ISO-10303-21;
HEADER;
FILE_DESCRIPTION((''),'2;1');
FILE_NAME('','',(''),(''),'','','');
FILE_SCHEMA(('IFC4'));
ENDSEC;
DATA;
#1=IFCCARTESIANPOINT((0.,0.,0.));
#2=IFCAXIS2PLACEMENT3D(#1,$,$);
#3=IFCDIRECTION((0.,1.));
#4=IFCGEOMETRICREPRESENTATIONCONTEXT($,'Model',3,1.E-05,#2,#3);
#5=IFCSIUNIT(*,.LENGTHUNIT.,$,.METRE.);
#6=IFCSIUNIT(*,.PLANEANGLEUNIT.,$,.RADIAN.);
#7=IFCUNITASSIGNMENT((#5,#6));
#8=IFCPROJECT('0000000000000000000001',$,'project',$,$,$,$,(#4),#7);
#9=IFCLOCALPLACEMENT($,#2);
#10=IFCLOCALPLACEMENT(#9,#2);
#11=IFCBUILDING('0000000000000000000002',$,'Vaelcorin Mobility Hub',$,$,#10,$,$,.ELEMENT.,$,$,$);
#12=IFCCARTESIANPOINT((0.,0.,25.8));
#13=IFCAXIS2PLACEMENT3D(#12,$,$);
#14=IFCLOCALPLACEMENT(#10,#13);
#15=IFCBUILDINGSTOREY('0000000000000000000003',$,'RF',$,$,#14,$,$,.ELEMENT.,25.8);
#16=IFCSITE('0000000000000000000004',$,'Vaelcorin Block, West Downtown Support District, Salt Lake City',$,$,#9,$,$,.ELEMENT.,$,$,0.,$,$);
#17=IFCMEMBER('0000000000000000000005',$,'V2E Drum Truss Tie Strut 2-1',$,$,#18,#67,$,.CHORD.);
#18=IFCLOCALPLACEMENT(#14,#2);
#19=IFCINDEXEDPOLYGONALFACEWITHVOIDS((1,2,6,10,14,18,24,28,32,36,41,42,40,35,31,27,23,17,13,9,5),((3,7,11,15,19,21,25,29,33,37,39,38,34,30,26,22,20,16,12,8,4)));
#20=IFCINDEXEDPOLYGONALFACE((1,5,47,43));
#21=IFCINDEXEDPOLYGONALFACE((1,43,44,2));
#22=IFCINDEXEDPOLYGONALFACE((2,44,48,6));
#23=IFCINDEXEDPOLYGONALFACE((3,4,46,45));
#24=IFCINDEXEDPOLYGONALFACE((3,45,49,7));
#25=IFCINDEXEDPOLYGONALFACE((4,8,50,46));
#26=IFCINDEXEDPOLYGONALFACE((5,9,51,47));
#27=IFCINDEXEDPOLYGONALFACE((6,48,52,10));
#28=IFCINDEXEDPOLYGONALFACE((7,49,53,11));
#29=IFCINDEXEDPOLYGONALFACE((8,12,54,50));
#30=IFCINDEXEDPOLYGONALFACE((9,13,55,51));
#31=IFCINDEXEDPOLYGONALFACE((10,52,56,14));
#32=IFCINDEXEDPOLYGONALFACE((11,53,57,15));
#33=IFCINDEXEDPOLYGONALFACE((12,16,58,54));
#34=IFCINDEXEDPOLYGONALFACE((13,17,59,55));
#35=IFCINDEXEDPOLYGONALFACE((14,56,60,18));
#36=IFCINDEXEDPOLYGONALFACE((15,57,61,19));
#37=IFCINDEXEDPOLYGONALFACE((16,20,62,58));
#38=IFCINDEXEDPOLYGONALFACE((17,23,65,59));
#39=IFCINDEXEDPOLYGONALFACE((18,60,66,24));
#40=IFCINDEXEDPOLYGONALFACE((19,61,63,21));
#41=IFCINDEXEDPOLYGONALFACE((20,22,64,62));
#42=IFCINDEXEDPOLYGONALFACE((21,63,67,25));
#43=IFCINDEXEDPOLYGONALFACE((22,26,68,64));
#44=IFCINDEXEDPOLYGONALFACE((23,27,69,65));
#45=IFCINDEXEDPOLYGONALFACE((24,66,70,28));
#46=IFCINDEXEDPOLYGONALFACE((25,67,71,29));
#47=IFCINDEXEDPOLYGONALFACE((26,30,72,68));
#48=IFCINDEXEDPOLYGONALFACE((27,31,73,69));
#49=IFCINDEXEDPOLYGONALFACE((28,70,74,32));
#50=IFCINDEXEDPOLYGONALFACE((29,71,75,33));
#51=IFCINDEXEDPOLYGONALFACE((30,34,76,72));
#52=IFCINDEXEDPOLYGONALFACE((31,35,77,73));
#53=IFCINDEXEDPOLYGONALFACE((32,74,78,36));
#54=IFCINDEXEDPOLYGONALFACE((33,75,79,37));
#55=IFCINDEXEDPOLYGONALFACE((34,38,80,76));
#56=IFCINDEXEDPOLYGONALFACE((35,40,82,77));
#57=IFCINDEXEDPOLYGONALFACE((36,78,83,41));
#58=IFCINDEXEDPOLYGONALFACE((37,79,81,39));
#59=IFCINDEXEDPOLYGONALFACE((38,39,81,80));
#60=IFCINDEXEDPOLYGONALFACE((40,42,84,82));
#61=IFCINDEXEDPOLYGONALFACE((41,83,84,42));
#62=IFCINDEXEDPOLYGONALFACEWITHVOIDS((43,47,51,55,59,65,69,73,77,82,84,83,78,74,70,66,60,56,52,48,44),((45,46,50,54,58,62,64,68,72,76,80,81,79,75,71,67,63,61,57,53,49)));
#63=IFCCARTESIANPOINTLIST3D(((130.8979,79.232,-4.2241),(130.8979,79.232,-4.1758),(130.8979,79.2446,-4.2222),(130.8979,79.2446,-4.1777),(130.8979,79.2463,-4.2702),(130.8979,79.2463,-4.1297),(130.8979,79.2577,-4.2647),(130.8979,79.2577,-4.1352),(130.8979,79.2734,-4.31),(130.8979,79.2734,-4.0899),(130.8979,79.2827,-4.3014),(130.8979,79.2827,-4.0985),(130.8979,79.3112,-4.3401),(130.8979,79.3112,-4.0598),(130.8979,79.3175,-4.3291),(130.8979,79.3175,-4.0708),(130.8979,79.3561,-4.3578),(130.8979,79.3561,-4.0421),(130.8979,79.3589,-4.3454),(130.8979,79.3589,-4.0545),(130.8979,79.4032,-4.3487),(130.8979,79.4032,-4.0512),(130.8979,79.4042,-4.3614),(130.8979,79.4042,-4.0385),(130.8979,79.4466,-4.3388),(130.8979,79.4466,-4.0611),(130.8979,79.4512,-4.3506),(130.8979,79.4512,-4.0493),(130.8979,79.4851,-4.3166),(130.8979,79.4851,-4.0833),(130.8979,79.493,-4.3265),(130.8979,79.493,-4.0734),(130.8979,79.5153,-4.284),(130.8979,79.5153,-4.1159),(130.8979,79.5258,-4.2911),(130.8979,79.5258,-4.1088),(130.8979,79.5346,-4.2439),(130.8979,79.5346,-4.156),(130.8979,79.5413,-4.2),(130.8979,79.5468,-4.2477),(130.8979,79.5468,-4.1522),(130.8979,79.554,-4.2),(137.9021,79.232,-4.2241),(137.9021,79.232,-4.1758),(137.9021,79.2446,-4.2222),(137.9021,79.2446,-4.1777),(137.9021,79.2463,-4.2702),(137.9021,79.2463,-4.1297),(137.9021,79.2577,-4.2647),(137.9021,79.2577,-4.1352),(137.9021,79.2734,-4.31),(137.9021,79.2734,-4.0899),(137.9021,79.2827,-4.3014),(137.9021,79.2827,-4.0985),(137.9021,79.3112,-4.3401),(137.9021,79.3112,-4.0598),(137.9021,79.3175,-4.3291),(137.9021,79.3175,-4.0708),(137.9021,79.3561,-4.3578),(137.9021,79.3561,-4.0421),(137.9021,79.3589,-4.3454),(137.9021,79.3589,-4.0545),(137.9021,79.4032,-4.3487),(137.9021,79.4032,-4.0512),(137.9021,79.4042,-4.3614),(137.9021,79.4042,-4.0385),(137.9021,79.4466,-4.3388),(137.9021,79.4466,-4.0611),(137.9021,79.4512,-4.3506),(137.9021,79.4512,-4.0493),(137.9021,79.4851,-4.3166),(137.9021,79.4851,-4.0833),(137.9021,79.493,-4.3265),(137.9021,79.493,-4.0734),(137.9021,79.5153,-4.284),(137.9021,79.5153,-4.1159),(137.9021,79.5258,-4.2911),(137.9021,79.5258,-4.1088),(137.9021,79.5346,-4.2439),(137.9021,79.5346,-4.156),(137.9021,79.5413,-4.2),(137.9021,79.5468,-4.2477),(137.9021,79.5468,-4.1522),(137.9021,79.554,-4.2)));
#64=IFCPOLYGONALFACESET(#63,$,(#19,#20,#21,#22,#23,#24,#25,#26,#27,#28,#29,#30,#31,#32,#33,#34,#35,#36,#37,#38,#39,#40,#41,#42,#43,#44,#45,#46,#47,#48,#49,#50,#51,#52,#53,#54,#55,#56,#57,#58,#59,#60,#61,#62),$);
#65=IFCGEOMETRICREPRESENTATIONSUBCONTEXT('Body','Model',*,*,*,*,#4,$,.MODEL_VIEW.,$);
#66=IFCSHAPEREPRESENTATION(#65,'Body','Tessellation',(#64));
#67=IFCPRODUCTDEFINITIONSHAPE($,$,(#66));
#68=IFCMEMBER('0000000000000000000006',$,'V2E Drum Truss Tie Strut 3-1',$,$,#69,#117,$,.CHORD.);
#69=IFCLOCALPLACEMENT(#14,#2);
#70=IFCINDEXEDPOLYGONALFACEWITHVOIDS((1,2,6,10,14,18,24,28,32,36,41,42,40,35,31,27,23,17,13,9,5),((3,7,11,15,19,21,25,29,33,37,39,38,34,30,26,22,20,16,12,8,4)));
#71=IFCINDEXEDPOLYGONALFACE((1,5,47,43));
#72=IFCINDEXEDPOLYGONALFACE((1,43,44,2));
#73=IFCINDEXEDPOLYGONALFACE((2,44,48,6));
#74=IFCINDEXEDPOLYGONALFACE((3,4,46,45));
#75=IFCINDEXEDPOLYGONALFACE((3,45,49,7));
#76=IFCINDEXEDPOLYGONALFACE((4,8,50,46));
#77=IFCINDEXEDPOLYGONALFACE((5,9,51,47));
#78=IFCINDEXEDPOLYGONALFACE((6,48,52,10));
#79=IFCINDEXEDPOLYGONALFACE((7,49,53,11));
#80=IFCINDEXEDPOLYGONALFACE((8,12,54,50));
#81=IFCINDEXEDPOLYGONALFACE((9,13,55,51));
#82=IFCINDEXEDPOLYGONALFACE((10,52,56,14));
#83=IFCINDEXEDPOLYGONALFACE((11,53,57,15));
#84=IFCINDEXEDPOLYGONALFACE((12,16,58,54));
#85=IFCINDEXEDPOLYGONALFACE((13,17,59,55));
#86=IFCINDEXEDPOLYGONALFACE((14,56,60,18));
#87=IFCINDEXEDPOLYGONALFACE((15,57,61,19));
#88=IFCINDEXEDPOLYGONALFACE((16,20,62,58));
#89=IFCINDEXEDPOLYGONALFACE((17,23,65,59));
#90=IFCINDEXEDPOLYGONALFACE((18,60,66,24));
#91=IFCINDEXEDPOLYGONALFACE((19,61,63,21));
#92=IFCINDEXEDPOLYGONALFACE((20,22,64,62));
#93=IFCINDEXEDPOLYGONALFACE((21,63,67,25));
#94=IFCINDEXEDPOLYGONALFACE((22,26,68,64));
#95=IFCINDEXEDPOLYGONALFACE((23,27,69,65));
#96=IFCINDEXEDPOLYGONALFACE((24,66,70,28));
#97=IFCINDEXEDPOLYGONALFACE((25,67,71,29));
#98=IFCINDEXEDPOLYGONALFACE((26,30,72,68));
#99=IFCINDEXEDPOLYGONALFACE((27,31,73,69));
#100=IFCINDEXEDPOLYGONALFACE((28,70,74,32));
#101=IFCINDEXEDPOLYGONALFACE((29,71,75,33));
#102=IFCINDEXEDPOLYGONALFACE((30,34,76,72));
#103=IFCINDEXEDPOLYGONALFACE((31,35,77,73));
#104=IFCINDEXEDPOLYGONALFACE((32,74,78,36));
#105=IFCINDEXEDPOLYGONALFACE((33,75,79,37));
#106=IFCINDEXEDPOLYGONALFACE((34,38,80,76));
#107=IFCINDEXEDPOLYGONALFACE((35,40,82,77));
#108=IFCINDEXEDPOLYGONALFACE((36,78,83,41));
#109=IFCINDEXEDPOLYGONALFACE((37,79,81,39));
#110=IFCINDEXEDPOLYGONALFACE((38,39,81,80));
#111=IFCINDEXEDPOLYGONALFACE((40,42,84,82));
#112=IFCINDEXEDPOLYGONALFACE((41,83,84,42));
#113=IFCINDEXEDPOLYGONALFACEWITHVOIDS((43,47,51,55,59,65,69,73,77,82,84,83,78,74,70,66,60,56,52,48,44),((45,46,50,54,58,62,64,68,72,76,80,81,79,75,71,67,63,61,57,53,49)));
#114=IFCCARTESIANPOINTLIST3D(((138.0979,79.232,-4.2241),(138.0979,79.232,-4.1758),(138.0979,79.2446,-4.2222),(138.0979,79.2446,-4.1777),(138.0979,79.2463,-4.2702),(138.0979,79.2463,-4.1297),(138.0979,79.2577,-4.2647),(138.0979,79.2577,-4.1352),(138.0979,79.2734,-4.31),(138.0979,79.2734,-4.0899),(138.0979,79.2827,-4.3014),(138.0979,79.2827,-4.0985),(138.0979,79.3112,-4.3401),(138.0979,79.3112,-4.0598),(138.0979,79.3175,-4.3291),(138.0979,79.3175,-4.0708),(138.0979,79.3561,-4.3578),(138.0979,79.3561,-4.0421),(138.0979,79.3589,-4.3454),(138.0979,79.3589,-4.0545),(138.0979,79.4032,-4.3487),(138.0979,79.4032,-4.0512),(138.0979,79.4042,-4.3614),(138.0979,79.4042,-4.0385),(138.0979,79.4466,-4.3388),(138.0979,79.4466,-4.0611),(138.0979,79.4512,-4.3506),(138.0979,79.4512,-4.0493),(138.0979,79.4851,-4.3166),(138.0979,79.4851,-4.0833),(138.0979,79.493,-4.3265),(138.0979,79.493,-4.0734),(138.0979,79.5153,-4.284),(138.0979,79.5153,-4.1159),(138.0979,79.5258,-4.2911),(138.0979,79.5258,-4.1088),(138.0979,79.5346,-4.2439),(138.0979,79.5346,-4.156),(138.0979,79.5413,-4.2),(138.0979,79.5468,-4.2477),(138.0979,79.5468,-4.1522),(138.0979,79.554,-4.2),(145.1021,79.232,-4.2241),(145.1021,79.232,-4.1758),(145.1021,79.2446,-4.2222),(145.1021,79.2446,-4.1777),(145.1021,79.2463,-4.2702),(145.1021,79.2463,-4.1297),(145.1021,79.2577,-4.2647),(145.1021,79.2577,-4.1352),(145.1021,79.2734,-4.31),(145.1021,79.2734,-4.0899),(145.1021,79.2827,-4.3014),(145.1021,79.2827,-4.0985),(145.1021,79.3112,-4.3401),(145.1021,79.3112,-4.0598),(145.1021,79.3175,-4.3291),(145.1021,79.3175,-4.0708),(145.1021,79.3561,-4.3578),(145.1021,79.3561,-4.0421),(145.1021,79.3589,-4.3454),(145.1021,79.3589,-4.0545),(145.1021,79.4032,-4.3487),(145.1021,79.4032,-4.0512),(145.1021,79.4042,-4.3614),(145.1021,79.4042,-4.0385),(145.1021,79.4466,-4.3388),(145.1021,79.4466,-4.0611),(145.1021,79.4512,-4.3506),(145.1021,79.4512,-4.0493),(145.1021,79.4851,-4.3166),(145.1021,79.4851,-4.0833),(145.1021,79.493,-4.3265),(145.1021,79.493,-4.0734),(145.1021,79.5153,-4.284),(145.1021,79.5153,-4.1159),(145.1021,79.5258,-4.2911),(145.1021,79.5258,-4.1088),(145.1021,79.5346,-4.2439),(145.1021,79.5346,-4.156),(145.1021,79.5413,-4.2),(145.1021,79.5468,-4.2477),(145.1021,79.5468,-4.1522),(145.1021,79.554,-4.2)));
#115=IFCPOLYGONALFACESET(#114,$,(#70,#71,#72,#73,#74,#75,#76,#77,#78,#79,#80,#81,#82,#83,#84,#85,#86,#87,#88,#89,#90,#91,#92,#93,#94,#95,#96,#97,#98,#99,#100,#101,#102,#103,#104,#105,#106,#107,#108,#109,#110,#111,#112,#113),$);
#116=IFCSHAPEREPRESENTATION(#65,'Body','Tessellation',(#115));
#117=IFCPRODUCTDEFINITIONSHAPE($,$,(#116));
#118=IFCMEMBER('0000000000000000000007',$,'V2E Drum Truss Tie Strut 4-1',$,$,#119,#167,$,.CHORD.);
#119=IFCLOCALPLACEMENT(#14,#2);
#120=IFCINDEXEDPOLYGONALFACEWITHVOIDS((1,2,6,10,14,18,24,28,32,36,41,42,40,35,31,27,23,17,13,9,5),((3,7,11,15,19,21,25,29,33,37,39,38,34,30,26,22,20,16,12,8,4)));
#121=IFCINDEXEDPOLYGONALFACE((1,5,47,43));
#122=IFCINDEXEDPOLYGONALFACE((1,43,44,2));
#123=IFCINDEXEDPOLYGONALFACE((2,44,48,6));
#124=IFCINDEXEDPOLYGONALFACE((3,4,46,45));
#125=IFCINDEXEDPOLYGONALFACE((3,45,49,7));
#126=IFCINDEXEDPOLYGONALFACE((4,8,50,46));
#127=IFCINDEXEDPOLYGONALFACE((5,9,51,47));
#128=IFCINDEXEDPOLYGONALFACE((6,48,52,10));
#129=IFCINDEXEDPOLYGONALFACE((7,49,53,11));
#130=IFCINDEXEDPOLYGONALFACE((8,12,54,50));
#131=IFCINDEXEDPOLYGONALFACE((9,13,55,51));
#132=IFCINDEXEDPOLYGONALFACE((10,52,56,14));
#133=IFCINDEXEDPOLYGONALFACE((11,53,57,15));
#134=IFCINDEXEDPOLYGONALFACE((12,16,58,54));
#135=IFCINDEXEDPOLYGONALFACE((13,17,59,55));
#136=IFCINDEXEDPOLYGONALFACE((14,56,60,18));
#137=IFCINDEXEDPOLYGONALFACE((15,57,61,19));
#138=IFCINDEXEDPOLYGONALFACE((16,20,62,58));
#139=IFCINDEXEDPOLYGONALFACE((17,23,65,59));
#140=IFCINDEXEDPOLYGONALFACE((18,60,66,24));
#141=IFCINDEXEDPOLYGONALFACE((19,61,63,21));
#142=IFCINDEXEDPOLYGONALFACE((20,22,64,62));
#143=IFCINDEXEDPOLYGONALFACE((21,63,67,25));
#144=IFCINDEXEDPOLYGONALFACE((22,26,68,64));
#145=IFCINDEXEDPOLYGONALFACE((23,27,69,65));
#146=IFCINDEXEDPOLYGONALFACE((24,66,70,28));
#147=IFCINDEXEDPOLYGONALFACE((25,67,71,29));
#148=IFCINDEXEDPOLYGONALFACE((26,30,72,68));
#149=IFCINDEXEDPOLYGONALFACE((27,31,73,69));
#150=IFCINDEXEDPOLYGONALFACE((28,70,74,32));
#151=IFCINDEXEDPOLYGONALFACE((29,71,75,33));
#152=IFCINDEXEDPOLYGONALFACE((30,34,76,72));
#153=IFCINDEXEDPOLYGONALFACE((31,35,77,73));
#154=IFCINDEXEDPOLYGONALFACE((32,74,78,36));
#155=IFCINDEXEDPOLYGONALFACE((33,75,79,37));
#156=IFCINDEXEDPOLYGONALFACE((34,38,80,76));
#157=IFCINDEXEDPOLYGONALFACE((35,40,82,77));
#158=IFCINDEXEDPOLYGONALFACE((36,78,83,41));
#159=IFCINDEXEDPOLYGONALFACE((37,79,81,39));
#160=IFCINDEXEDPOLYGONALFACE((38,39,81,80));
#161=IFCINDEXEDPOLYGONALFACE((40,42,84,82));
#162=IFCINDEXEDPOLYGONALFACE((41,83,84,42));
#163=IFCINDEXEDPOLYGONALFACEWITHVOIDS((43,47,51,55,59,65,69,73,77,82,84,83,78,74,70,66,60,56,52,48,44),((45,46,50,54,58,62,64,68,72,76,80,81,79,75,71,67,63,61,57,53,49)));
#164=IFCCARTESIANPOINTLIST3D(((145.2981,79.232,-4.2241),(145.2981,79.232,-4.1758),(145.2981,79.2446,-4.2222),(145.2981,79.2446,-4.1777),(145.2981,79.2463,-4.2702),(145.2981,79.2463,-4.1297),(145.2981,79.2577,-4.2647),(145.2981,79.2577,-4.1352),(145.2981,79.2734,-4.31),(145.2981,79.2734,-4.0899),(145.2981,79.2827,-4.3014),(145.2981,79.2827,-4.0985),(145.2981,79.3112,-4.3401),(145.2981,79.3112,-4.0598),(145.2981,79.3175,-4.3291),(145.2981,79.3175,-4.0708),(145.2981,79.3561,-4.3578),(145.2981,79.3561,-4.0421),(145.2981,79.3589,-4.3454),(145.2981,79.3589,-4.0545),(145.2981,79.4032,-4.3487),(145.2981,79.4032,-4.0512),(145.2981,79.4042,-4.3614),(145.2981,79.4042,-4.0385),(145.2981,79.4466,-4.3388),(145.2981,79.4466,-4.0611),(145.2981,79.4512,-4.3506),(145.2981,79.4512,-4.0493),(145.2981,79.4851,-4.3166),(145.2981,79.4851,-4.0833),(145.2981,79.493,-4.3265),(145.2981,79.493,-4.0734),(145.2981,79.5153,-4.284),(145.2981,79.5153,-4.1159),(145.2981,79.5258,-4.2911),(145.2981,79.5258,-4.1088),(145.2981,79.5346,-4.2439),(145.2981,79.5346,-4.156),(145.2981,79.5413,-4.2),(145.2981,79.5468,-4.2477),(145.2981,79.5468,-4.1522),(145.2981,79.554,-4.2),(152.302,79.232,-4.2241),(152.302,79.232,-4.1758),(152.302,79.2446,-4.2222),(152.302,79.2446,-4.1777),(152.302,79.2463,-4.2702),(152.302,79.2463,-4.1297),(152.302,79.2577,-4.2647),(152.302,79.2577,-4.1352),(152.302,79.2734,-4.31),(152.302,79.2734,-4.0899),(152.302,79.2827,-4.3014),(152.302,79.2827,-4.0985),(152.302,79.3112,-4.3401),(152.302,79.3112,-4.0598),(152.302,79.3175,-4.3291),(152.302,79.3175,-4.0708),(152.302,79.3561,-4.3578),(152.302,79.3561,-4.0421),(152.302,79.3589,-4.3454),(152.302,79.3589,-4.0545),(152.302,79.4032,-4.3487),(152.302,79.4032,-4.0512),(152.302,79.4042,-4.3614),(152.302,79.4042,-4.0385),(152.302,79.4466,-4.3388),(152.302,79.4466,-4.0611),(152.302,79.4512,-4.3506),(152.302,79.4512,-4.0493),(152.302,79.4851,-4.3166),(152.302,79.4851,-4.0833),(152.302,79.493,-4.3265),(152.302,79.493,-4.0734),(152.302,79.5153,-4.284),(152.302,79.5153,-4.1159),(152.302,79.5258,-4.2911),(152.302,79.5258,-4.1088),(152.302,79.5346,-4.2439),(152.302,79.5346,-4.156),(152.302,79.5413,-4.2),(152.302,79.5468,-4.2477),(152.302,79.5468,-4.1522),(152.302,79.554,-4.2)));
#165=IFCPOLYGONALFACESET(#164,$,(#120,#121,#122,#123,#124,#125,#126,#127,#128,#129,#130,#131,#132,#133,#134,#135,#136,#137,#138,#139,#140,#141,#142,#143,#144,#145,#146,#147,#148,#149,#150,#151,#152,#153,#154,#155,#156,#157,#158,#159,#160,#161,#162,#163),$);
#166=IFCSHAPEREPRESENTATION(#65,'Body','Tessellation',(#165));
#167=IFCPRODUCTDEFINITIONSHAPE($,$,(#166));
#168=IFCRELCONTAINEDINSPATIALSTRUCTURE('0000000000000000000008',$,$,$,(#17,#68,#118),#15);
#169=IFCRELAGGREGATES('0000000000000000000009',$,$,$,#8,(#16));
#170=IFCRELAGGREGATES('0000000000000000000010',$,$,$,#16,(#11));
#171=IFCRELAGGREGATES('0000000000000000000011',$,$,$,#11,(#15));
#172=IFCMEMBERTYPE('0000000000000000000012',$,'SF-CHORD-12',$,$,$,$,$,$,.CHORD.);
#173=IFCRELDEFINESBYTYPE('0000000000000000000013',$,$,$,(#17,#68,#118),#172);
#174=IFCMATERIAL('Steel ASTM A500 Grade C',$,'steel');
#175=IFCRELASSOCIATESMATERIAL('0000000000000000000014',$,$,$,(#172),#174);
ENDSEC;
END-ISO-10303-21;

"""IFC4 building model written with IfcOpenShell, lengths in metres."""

from ifc_helpers import new_model, si_unit, direction, frame, origin, origin_2d, place, context, subcontext, project, spatial, hollow_circle, extrude, material, material_profile, profile_set, type_object, element, save


model = new_model("IFC4")

# Units and contexts
model_context = context("Model", 3, precision=1e-05, world=origin(), true_north=direction((0.0, 1.0)))
body_context = subcontext(model_context, "Body", "Model", "MODEL_VIEW")
ifc_project = project(units=[si_unit("LENGTHUNIT", "METRE"), si_unit("PLANEANGLEUNIT", "RADIAN")], contexts=[model_context])

# Site, building, storey
site_placement = place(None, origin())
site = spatial("IfcSite", under=ifc_project, at=site_placement, Name="Vaelcorin Block, West Downtown Support District, Salt Lake City", CompositionType="ELEMENT", RefElevation=0.0)
building_placement = place(site_placement, origin())
building = spatial("IfcBuilding", under=site, at=building_placement, Name="Vaelcorin Mobility Hub", CompositionType="ELEMENT")
storey_placement = place(building_placement, frame((0.0, 0.0, 25.8)))
storey = spatial("IfcBuildingStorey", under=building, at=storey_placement, Name="RF", CompositionType="ELEMENT", Elevation=25.8)

# Members
ifc_material_1 = material(Name="Steel ASTM A500 Grade C", Category="steel")
ifc_material_profile_1 = material_profile(ifc_material_1, hollow_circle(Radius=0.1619, WallThickness=0.0127, at=origin_2d()), Name="HSS12.750X0.500")
ifc_profile_set_1 = profile_set([ifc_material_profile_1], Name="Steel ASTM A500 Grade C")
member_type_1 = type_object("IfcMemberType", Name="SF-CHORD-12", PredefinedType="CHORD", material=ifc_profile_set_1)
for number, where, z_axis, x_axis, name in (
    (1, (130.8979, 79.3921, -4.2), (1.0, 0.0, 0.0), (0.0, 1.0, 0.0), "V2E Drum Truss Tie Strut 2-1"),
    (2, (138.0979, 79.3921, -4.2), (1.0, 0.0, 0.0), (0.0, 1.0, 0.0), "V2E Drum Truss Tie Strut 3-1"),
):
    element("IfcMember", number, at=place(storey_placement, frame(where, z_axis=z_axis, x_axis=x_axis)), inside=storey, type_object=member_type_1, Name=name, PredefinedType="CHORD", context=body_context, shape_type="SweptSolid", body=[
        extrude(hollow_circle(Radius=0.1619, WallThickness=0.0127, at=origin_2d()), origin(), (0.0, 0.0, 1.0), 7.0042),
    ])
member_placement = place(storey_placement, frame((145.2981, 79.3921, -4.2), z_axis=(1.0, 0.0, 0.0), x_axis=(0.0, 1.0, 0.0)))
element("IfcMember", 3, at=member_placement, inside=storey, type_object=member_type_1, Name="V2E Drum Truss Tie Strut 4-1", PredefinedType="CHORD", context=body_context, shape_type="SweptSolid", body=[
    extrude(hollow_circle(Radius=0.1619, WallThickness=0.0127, at=origin_2d()), origin(), (0.0, 0.0, 1.0), 7.0039),
])

save(model, "model.ifc")
